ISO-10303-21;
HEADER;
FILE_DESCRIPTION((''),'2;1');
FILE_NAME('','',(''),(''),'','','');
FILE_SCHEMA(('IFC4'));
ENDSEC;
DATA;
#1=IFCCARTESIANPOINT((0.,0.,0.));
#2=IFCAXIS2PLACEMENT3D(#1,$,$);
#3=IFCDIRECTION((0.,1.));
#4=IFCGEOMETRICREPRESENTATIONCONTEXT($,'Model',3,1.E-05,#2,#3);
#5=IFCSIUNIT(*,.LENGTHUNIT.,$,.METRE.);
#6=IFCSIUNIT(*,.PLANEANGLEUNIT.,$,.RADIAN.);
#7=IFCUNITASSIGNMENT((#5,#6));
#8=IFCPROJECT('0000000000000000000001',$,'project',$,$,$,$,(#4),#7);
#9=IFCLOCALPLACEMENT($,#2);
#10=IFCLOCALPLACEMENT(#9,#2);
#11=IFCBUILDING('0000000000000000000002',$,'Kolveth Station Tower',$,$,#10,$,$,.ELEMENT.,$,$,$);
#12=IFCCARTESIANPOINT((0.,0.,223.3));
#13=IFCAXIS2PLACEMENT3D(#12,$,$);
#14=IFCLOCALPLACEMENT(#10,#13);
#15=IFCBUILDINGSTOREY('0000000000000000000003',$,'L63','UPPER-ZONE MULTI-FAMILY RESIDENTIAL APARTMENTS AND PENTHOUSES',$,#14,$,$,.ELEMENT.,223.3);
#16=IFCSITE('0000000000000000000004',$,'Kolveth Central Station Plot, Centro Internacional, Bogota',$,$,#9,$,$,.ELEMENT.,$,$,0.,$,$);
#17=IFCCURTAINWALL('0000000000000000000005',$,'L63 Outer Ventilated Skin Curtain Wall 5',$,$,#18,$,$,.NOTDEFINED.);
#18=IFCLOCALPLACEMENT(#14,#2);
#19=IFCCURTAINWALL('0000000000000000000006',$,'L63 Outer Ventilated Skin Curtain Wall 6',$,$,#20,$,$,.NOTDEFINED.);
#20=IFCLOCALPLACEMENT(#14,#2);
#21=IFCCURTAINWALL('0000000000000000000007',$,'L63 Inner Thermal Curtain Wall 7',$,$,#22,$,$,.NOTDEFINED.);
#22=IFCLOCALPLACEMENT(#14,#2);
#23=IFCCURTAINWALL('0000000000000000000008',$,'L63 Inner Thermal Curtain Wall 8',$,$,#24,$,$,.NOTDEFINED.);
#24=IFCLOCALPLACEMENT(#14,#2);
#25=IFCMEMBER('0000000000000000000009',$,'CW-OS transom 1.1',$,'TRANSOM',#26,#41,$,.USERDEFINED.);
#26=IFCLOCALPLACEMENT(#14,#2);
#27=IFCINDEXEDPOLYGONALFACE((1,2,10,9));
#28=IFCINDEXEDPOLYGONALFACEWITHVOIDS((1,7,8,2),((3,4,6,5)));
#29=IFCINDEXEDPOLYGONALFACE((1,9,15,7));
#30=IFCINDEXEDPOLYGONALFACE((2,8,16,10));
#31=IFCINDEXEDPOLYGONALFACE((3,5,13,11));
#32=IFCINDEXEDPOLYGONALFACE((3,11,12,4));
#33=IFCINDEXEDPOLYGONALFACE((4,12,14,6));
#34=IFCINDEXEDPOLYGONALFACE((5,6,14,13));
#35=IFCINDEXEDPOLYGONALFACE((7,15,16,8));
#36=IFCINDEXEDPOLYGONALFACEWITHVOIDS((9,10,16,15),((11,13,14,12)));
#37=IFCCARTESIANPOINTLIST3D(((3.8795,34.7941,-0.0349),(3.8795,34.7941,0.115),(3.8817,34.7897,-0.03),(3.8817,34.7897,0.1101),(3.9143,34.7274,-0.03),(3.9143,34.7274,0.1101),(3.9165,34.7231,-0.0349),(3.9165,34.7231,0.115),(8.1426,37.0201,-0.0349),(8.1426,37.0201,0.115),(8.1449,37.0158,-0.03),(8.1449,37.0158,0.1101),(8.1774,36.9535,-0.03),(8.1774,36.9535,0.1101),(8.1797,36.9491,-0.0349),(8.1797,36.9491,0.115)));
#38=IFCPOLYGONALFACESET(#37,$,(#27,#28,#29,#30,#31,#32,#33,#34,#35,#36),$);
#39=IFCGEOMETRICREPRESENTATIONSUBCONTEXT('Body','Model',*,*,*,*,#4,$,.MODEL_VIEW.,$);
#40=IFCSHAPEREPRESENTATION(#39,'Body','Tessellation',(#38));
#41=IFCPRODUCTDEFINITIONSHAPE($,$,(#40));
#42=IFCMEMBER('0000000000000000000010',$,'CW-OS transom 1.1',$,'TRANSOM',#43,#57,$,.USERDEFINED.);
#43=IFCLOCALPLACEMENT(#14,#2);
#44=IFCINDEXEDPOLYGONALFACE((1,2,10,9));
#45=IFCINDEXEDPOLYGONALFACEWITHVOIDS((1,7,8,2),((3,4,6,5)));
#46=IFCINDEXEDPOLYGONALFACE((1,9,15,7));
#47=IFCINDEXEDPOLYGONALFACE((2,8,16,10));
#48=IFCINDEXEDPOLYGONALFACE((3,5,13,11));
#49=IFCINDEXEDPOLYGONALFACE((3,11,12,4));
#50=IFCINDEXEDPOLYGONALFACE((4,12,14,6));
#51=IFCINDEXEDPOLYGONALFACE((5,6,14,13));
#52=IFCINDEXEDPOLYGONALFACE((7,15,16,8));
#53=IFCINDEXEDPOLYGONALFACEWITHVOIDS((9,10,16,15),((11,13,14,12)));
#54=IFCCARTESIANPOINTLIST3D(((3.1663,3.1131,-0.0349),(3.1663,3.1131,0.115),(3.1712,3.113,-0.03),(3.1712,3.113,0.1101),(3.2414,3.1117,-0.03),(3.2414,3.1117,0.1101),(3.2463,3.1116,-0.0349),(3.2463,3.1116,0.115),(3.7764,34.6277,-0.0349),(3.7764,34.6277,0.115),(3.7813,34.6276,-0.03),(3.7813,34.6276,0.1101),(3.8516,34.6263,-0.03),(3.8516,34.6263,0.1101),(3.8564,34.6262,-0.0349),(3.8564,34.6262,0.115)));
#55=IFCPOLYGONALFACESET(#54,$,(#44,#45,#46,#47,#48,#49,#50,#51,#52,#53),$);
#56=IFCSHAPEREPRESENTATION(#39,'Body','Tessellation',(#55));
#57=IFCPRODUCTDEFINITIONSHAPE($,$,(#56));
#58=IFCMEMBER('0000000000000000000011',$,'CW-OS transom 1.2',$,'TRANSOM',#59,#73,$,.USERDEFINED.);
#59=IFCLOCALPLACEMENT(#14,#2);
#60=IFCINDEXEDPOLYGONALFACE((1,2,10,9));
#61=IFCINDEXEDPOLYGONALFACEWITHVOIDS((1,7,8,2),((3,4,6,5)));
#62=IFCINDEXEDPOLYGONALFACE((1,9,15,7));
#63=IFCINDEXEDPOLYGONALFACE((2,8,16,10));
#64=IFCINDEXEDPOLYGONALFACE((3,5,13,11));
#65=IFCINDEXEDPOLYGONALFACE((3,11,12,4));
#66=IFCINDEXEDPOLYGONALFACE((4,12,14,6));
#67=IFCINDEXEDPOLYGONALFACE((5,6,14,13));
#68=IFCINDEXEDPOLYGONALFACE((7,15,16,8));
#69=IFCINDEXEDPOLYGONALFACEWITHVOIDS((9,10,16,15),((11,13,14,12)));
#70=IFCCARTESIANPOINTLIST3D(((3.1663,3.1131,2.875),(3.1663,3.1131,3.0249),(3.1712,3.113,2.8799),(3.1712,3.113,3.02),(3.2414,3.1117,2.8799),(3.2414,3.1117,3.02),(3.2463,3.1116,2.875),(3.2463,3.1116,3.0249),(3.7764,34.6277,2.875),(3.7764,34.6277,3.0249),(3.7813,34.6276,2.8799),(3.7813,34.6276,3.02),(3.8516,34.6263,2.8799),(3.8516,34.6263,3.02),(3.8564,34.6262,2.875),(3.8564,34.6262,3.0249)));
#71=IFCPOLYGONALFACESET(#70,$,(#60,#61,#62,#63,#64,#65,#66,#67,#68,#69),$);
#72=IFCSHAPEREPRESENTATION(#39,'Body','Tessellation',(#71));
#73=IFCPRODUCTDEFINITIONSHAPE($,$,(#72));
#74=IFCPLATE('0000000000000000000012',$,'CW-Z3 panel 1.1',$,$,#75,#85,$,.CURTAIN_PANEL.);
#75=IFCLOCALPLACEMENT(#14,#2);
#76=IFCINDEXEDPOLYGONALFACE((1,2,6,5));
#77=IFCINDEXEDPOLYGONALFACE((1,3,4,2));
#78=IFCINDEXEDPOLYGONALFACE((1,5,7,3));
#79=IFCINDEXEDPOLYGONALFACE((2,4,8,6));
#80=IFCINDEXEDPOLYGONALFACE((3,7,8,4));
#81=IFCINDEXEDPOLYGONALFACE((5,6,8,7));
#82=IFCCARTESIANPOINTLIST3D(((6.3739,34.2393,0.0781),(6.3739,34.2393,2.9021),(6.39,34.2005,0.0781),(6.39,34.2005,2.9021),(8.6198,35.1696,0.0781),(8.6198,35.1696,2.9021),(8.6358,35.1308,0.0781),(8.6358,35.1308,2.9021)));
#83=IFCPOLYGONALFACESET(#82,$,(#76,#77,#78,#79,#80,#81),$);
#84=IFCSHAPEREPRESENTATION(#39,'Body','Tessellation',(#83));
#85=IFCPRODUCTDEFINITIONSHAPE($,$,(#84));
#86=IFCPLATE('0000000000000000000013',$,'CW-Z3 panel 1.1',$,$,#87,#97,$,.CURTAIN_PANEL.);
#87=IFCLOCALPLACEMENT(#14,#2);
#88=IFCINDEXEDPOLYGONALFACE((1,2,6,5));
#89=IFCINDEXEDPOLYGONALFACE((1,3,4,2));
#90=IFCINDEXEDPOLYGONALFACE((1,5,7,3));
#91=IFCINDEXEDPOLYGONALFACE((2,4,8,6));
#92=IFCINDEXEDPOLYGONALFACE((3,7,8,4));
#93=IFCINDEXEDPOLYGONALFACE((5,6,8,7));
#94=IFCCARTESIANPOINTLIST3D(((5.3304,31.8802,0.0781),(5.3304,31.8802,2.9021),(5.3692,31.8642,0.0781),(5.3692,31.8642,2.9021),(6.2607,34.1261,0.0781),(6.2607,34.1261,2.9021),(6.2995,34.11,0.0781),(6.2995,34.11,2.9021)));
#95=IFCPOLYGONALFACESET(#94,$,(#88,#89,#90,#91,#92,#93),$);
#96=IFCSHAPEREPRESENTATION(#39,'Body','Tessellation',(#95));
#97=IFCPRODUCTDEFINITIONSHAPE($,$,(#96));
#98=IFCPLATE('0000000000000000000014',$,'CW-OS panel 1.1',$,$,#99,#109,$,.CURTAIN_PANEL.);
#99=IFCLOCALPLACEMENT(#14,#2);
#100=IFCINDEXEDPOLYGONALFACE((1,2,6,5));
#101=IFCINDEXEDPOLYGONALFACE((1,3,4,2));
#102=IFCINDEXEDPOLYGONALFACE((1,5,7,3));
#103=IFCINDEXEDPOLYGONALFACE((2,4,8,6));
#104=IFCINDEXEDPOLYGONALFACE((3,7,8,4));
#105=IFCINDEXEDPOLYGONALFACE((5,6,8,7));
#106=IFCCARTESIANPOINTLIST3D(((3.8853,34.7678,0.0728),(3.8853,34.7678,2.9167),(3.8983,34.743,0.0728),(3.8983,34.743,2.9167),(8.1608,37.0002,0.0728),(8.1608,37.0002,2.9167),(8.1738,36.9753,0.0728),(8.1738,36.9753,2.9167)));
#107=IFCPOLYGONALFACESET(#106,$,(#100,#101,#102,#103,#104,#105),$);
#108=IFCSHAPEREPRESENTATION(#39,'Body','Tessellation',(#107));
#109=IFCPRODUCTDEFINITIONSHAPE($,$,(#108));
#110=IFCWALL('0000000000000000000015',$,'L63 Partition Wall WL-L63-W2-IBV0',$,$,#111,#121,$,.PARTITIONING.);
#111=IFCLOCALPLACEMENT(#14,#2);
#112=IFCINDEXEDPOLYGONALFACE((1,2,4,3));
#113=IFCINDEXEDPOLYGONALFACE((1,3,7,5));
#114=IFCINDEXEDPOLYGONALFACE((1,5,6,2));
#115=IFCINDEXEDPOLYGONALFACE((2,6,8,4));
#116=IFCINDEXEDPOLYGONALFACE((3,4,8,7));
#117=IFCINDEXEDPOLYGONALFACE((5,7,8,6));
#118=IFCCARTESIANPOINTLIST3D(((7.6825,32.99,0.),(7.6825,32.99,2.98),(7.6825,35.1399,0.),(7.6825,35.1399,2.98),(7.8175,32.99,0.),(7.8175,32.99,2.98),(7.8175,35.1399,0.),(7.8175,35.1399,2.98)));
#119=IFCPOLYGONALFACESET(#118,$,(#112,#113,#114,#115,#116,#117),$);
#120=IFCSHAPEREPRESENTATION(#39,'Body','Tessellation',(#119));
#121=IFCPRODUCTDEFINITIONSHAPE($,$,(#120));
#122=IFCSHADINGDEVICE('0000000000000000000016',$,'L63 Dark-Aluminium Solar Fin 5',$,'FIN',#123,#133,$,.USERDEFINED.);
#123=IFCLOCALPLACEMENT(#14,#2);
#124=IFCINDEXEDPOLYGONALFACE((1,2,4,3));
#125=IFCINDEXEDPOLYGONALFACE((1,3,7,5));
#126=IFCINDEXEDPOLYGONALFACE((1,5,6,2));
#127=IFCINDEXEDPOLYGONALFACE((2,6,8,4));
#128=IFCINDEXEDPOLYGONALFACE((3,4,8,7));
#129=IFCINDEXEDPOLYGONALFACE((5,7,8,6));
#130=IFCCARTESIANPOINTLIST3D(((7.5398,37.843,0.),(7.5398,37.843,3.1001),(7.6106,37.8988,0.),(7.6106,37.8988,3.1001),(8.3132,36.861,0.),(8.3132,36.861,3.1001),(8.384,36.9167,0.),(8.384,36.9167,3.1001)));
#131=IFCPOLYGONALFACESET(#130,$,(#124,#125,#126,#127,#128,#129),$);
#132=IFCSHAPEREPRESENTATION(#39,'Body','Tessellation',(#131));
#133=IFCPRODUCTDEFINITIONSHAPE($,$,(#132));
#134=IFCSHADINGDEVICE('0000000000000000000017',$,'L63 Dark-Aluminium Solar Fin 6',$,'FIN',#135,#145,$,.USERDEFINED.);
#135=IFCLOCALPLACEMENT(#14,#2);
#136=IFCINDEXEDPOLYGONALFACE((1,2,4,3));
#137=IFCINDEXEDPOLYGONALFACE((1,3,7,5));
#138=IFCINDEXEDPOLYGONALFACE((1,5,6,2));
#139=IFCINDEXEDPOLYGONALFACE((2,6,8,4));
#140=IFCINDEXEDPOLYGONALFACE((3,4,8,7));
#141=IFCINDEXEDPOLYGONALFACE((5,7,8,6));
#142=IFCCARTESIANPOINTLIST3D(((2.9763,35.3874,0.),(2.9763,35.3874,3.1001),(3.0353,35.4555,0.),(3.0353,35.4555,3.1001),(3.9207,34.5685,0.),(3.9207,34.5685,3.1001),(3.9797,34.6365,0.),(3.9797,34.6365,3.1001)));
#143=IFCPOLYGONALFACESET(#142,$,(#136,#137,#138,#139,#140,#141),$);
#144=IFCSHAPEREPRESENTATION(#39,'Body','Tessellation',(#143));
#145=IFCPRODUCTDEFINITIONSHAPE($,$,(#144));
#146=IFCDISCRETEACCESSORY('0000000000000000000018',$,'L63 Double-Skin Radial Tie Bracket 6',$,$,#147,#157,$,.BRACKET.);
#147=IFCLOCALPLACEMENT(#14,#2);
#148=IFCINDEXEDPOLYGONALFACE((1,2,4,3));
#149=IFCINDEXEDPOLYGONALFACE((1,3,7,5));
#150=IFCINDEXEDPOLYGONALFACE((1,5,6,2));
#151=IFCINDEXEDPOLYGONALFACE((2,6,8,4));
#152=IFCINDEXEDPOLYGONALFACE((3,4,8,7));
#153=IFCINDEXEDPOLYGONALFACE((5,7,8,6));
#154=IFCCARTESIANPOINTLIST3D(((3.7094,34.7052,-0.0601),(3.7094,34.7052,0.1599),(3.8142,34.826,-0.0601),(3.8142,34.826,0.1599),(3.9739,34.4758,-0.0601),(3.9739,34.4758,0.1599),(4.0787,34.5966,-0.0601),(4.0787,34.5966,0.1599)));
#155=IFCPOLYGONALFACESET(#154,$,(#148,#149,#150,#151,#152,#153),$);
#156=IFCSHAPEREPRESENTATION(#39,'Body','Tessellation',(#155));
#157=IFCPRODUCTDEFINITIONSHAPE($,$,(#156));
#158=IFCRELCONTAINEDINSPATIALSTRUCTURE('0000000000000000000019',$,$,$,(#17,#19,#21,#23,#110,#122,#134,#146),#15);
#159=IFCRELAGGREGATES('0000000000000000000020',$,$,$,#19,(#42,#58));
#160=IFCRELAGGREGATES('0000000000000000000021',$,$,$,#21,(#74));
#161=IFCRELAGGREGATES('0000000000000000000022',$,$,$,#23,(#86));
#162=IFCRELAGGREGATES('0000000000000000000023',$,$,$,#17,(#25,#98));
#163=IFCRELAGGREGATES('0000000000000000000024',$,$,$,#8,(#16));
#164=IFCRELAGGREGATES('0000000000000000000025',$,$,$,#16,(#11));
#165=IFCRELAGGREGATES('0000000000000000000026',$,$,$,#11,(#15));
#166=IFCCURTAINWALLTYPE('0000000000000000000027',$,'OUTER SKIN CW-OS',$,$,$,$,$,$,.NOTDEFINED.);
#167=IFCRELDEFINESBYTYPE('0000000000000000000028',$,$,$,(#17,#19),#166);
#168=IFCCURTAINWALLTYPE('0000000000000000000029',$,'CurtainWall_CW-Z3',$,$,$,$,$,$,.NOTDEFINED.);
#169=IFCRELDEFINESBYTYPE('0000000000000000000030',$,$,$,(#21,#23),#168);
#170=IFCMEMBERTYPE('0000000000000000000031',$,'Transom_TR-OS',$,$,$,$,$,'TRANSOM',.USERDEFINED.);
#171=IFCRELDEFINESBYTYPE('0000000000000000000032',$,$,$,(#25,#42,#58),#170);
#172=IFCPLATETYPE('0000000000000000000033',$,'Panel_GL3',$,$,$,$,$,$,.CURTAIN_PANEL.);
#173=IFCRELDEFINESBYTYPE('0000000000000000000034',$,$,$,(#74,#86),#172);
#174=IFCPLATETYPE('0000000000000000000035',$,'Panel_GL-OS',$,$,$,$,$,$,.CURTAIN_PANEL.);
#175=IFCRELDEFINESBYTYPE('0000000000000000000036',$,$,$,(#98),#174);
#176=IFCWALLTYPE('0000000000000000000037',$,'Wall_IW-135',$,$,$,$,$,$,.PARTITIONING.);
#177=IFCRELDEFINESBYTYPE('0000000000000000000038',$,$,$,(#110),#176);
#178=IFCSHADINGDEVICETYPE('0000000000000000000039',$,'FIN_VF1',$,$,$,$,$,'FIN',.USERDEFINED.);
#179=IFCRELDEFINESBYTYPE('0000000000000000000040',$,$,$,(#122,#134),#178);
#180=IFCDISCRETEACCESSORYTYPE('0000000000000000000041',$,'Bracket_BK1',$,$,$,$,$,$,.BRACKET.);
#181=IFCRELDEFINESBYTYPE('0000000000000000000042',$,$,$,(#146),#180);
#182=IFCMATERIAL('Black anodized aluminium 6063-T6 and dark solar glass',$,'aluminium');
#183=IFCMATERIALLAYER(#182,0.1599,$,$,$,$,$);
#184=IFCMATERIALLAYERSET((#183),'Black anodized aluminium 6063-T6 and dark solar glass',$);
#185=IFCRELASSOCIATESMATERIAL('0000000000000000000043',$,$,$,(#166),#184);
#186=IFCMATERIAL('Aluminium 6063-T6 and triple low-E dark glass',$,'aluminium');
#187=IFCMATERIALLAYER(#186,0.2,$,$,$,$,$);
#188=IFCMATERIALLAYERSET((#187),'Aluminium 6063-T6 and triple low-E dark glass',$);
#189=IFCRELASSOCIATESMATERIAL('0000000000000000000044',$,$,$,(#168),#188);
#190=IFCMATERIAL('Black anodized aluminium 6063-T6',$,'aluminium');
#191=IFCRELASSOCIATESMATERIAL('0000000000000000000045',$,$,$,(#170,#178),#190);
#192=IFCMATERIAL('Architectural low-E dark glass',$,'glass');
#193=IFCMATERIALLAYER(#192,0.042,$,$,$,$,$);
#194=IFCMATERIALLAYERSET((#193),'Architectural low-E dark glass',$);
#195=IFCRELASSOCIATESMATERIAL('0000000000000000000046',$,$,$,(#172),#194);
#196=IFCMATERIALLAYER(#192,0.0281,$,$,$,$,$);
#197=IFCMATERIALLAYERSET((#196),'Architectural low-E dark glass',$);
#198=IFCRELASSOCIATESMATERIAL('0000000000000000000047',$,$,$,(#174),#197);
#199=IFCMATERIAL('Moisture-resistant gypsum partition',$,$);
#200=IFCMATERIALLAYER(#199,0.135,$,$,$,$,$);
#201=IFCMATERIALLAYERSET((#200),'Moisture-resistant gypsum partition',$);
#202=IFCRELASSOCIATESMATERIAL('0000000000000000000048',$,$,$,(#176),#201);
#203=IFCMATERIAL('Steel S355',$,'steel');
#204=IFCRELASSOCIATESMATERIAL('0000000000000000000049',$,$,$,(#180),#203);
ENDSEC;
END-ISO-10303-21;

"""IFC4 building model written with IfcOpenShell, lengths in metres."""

from ifc_helpers import new_model, si_unit, direction, frame, frame_2d, origin, origin_2d, place, context, subcontext, project, spatial, rectangle, hollow_rectangle, extrude, source, transform, mapped, material, layer, layer_set, material_profile, profile_set, type_object, element, aggregate, save


model = new_model("IFC4")

# Units and contexts
model_context = context("Model", 3, precision=1e-05, world=origin(), true_north=direction((0.0, 1.0)))
body_context = subcontext(model_context, "Body", "Model", "MODEL_VIEW")
ifc_project = project(units=[si_unit("LENGTHUNIT", "METRE"), si_unit("PLANEANGLEUNIT", "RADIAN")], contexts=[model_context])

# Site, building, storey
site_placement = place(None, origin())
site = spatial("IfcSite", under=ifc_project, at=site_placement, Name="Kolveth Central Station Plot, Centro Internacional, Bogota", CompositionType="ELEMENT", RefElevation=0.0)
building_placement = place(site_placement, origin())
building = spatial("IfcBuilding", under=site, at=building_placement, Name="Kolveth Station Tower", CompositionType="ELEMENT")
storey_placement = place(building_placement, frame((0.0, 0.0, 223.3)))
storey = spatial("IfcBuildingStorey", under=building, at=storey_placement, Name="L63", Description="UPPER-ZONE MULTI-FAMILY RESIDENTIAL APARTMENTS AND PENTHOUSES", CompositionType="ELEMENT", Elevation=223.3)

# Curtain walls
ifc_material_1 = material(Name="Black anodized aluminium 6063-T6 and dark solar glass", Category="aluminium")
ifc_layer_1 = layer(ifc_material_1, 0.1599)
ifc_layer_set_1 = layer_set([ifc_layer_1], Name="Black anodized aluminium 6063-T6 and dark solar glass")
curtain_wall_type_1 = type_object("IfcCurtainWallType", Name="OUTER SKIN CW-OS", PredefinedType="NOTDEFINED", material=ifc_layer_set_1)
curtain_wall_1_placement = place(storey_placement, origin())
curtain_wall_1 = element("IfcCurtainWall", 1, at=curtain_wall_1_placement, inside=storey, type_object=curtain_wall_type_1, Name="L63 Outer Ventilated Skin Curtain Wall 5", PredefinedType="NOTDEFINED")
ifc_material_2 = material(Name="Black anodized aluminium 6063-T6", Category="aluminium")
curtain_wall_2_placement = place(storey_placement, origin())
curtain_wall_2 = element("IfcCurtainWall", 2, at=curtain_wall_2_placement, inside=storey, type_object=curtain_wall_type_1, Name="L63 Outer Ventilated Skin Curtain Wall 6", PredefinedType="NOTDEFINED")
ifc_material_3 = material(Name="Aluminium 6063-T6 and triple low-E dark glass", Category="aluminium")
ifc_layer_2 = layer(ifc_material_3, 0.2)
ifc_layer_set_2 = layer_set([ifc_layer_2], Name="Aluminium 6063-T6 and triple low-E dark glass")
curtain_wall_type_2 = type_object("IfcCurtainWallType", Name="CurtainWall_CW-Z3", PredefinedType="NOTDEFINED", material=ifc_layer_set_2)
curtain_wall_3_placement = place(storey_placement, origin())
curtain_wall_3 = element("IfcCurtainWall", 3, at=curtain_wall_3_placement, inside=storey, type_object=curtain_wall_type_2, Name="L63 Inner Thermal Curtain Wall 7", PredefinedType="NOTDEFINED")

# Curtain wall
curtain_wall_4_placement = place(storey_placement, origin())
curtain_wall_4 = element("IfcCurtainWall", 4, at=curtain_wall_4_placement, inside=storey, type_object=curtain_wall_type_2, Name="L63 Inner Thermal Curtain Wall 8", PredefinedType="NOTDEFINED")

# Members
ifc_material_profile_1 = material_profile(ifc_material_2, hollow_rectangle(XDim=0.0801, YDim=0.1499, WallThickness=0.0049, at=origin_2d()), Name="ALU-80x150x5")
ifc_profile_set_1 = profile_set([ifc_material_profile_1], Name="Black anodized aluminium 6063-T6")
member_type_1 = type_object("IfcMemberType", Name="Transom_TR-OS", ElementType="TRANSOM", PredefinedType="USERDEFINED", material=ifc_profile_set_1)
shared_shape_1 = source(origin(), body_context, "Body", "SweptSolid", [
    extrude(hollow_rectangle(XDim=0.0801, YDim=0.1499, WallThickness=0.0049, at=origin_2d()), origin(), (0.0, 0.0, 1.0), 4.8093),
])
member_1_placement = place(storey_placement, frame((8.1611, 36.9846, 0.04), z_axis=(-0.886431, -0.462861, 0.0), x_axis=(0.462861, -0.886431, 0.0)))
member_1 = element("IfcMember", 5, at=member_1_placement, type_object=member_type_1, Name="CW-OS transom 1.1", ObjectType="TRANSOM", PredefinedType="USERDEFINED", context=body_context, shape_type="MappedRepresentation", body=[
    mapped(shared_shape_1, transform((0.0, 0.0, 0.0), x_axis=(1.0, 0.0, 0.0), y_axis=(0.0, 1.0, 0.0), z_axis=(0.0, 0.0, 1.0), scale=1.0)),
])
shared_shape_2 = source(origin(), body_context, "Body", "SweptSolid", [
    extrude(hollow_rectangle(XDim=0.0801, YDim=0.1499, WallThickness=0.0049, at=origin_2d()), origin(), (0.0, 0.0, 1.0), 31.5205),
])
member_2_placement = place(storey_placement, frame((3.8164, 34.627, 0.04), z_axis=(-0.019356, -0.999813, 0.0), x_axis=(0.999813, -0.019356, 0.0)))
member_2 = element("IfcMember", 6, at=member_2_placement, type_object=member_type_1, Name="CW-OS transom 1.1", ObjectType="TRANSOM", PredefinedType="USERDEFINED", context=body_context, shape_type="MappedRepresentation", body=[
    mapped(shared_shape_2, transform((0.0, 0.0, 0.0), x_axis=(1.0, 0.0, 0.0), y_axis=(0.0, 1.0, 0.0), z_axis=(0.0, 0.0, 1.0), scale=1.0)),
])
member_3_placement = place(storey_placement, frame((3.8164, 34.627, 2.95), z_axis=(-0.019356, -0.999813, 0.0), x_axis=(0.999813, -0.019356, 0.0)))
member_3 = element("IfcMember", 7, at=member_3_placement, type_object=member_type_1, Name="CW-OS transom 1.2", ObjectType="TRANSOM", PredefinedType="USERDEFINED", context=body_context, shape_type="MappedRepresentation", body=[
    mapped(shared_shape_2, transform((0.0, 0.0, 0.0), x_axis=(1.0, 0.0, 0.0), y_axis=(0.0, 1.0, 0.0), z_axis=(0.0, 0.0, 1.0), scale=1.0)),
])
aggregate(curtain_wall_2, [member_2, member_3])

# Plates
ifc_material_4 = material(Name="Architectural low-E dark glass", Category="glass")
ifc_layer_3 = layer(ifc_material_4, 0.042)
ifc_layer_set_3 = layer_set([ifc_layer_3], Name="Architectural low-E dark glass")
plate_type_1 = type_object("IfcPlateType", Name="Panel_GL3", PredefinedType="CURTAIN_PANEL", material=ifc_layer_set_3)
shared_shape_3 = source(origin(), body_context, "Body", "SweptSolid", [
    extrude(rectangle(XDim=2.4309, YDim=0.042, at=origin_2d()), origin(), (0.0, 0.0, 1.0), 2.824),
])
plate_1_placement = place(storey_placement, frame((7.5049, 34.6851, 0.0781), z_axis=(0.0, 0.0, 1.0), x_axis=(-0.923875, -0.382693, 0.0)))
plate_1 = element("IfcPlate", 8, at=plate_1_placement, type_object=plate_type_1, Name="CW-Z3 panel 1.1", PredefinedType="CURTAIN_PANEL", context=body_context, shape_type="MappedRepresentation", body=[
    mapped(shared_shape_3, transform((0.0, 0.0, 0.0), x_axis=(1.0, 0.0, 0.0), y_axis=(0.0, 1.0, 0.0), z_axis=(0.0, 0.0, 1.0), scale=1.0)),
])
aggregate(curtain_wall_3, [plate_1])
plate_2_placement = place(storey_placement, frame((5.8149, 32.9951, 0.0781), z_axis=(0.0, 0.0, 1.0), x_axis=(-0.382693, -0.923875, 0.0)))
plate_2 = element("IfcPlate", 9, at=plate_2_placement, type_object=plate_type_1, Name="CW-Z3 panel 1.1", PredefinedType="CURTAIN_PANEL", context=body_context, shape_type="MappedRepresentation", body=[
    mapped(shared_shape_3, transform((0.0, 0.0, 0.0), x_axis=(1.0, 0.0, 0.0), y_axis=(0.0, 1.0, 0.0), z_axis=(0.0, 0.0, 1.0), scale=1.0)),
])
aggregate(curtain_wall_4, [plate_2])
ifc_layer_4 = layer(ifc_material_4, 0.0281)
ifc_layer_set_4 = layer_set([ifc_layer_4], Name="Architectural low-E dark glass")
plate_type_2 = type_object("IfcPlateType", Name="Panel_GL-OS", PredefinedType="CURTAIN_PANEL", material=ifc_layer_set_4)
shared_shape_4 = source(origin(), body_context, "Body", "SweptSolid", [
    extrude(rectangle(XDim=4.8232, YDim=0.0281, at=origin_2d()), origin(), (0.0, 0.0, 1.0), 2.844),
])
plate_3_placement = place(storey_placement, frame((6.0295, 35.8716, 0.0728), z_axis=(0.0, 0.0, 1.0), x_axis=(-0.886445, -0.462834, 0.0)))
plate_3 = element("IfcPlate", 10, at=plate_3_placement, type_object=plate_type_2, Name="CW-OS panel 1.1", PredefinedType="CURTAIN_PANEL", context=body_context, shape_type="MappedRepresentation", body=[
    mapped(shared_shape_4, transform((0.0, 0.0, 0.0), x_axis=(1.0, 0.0, 0.0), y_axis=(0.0, 1.0, 0.0), z_axis=(0.0, 0.0, 1.0), scale=1.0)),
])
aggregate(curtain_wall_1, [member_1, plate_3])

# Shared definitions
ifc_material_5 = material(Name="Moisture-resistant gypsum partition")
ifc_layer_5 = layer(ifc_material_5, 0.135)
ifc_layer_set_5 = layer_set([ifc_layer_5], Name="Moisture-resistant gypsum partition")
wall_type = type_object("IfcWallType", Name="Wall_IW-135", PredefinedType="PARTITIONING", material=ifc_layer_set_5)

# Wall
wall_1_placement = place(storey_placement, frame((7.75, 32.99, 0.0), z_axis=(0.0, 0.0, 1.0), x_axis=(0.0, 1.0, 0.0)))
element("IfcWall", 11, at=wall_1_placement, inside=storey, type_object=wall_type, Name="L63 Partition Wall WL-L63-W2-IBV0", PredefinedType="PARTITIONING", context=body_context, shape_type="SweptSolid", body=[
    extrude(rectangle(XDim=2.1499, YDim=0.135, at=frame_2d((1.075, 0.0))), origin(), (0.0, 0.0, 1.0), 2.98),
])

# Shading devices
shading_device_type = type_object("IfcShadingDeviceType", Name="FIN_VF1", ElementType="FIN", PredefinedType="USERDEFINED", material=ifc_material_2)
shared_shape_5 = source(origin(), body_context, "Body", "SweptSolid", [
    extrude(rectangle(XDim=1.25, YDim=0.0901, at=origin_2d()), origin(), (0.0, 0.0, 1.0), 3.1001),
])
for number, where, z_axis, x_axis, name in (
    (12, (7.9619, 37.3799, 0.0), (0.0, 0.0, 1.0), (-0.618683, 0.785641, 0.0), "L63 Dark-Aluminium Solar Fin 5"),
    (13, (3.478, 35.012, 0.0), (0.0, 0.0, 1.0), (-0.755511, 0.655136, 0.0), "L63 Dark-Aluminium Solar Fin 6"),
):
    element("IfcShadingDevice", number, at=place(storey_placement, frame(where, z_axis=z_axis, x_axis=x_axis)), inside=storey, type_object=shading_device_type, Name=name, ObjectType="FIN", PredefinedType="USERDEFINED", context=body_context, shape_type="MappedRepresentation", body=[
        mapped(shared_shape_5, transform((0.0, 0.0, 0.0), x_axis=(1.0, 0.0, 0.0), y_axis=(0.0, 1.0, 0.0), z_axis=(0.0, 0.0, 1.0), scale=1.0)),
    ])

# Discrete accessory
ifc_material_6 = material(Name="Steel S355", Category="steel")
discrete_accessory_type = type_object("IfcDiscreteAccessoryType", Name="Bracket_BK1", PredefinedType="BRACKET", material=ifc_material_6)
shared_shape_6 = source(origin(), body_context, "Body", "SweptSolid", [
    extrude(rectangle(XDim=0.3501, YDim=0.1599, at=origin_2d()), origin(), (0.0, 0.0, 1.0), 0.22),
])
discrete_accessory_placement = place(storey_placement, frame((3.894, 34.6509, -0.0601), z_axis=(0.0, 0.0, 1.0), x_axis=(-0.755511, 0.655136, 0.0)))
element("IfcDiscreteAccessory", 14, at=discrete_accessory_placement, inside=storey, type_object=discrete_accessory_type, Name="L63 Double-Skin Radial Tie Bracket 6", PredefinedType="BRACKET", context=body_context, shape_type="MappedRepresentation", body=[
    mapped(shared_shape_6, transform((0.0, 0.0, 0.0), x_axis=(1.0, 0.0, 0.0), y_axis=(0.0, 1.0, 0.0), z_axis=(0.0, 0.0, 1.0), scale=1.0)),
])

save(model, "model.ifc")
